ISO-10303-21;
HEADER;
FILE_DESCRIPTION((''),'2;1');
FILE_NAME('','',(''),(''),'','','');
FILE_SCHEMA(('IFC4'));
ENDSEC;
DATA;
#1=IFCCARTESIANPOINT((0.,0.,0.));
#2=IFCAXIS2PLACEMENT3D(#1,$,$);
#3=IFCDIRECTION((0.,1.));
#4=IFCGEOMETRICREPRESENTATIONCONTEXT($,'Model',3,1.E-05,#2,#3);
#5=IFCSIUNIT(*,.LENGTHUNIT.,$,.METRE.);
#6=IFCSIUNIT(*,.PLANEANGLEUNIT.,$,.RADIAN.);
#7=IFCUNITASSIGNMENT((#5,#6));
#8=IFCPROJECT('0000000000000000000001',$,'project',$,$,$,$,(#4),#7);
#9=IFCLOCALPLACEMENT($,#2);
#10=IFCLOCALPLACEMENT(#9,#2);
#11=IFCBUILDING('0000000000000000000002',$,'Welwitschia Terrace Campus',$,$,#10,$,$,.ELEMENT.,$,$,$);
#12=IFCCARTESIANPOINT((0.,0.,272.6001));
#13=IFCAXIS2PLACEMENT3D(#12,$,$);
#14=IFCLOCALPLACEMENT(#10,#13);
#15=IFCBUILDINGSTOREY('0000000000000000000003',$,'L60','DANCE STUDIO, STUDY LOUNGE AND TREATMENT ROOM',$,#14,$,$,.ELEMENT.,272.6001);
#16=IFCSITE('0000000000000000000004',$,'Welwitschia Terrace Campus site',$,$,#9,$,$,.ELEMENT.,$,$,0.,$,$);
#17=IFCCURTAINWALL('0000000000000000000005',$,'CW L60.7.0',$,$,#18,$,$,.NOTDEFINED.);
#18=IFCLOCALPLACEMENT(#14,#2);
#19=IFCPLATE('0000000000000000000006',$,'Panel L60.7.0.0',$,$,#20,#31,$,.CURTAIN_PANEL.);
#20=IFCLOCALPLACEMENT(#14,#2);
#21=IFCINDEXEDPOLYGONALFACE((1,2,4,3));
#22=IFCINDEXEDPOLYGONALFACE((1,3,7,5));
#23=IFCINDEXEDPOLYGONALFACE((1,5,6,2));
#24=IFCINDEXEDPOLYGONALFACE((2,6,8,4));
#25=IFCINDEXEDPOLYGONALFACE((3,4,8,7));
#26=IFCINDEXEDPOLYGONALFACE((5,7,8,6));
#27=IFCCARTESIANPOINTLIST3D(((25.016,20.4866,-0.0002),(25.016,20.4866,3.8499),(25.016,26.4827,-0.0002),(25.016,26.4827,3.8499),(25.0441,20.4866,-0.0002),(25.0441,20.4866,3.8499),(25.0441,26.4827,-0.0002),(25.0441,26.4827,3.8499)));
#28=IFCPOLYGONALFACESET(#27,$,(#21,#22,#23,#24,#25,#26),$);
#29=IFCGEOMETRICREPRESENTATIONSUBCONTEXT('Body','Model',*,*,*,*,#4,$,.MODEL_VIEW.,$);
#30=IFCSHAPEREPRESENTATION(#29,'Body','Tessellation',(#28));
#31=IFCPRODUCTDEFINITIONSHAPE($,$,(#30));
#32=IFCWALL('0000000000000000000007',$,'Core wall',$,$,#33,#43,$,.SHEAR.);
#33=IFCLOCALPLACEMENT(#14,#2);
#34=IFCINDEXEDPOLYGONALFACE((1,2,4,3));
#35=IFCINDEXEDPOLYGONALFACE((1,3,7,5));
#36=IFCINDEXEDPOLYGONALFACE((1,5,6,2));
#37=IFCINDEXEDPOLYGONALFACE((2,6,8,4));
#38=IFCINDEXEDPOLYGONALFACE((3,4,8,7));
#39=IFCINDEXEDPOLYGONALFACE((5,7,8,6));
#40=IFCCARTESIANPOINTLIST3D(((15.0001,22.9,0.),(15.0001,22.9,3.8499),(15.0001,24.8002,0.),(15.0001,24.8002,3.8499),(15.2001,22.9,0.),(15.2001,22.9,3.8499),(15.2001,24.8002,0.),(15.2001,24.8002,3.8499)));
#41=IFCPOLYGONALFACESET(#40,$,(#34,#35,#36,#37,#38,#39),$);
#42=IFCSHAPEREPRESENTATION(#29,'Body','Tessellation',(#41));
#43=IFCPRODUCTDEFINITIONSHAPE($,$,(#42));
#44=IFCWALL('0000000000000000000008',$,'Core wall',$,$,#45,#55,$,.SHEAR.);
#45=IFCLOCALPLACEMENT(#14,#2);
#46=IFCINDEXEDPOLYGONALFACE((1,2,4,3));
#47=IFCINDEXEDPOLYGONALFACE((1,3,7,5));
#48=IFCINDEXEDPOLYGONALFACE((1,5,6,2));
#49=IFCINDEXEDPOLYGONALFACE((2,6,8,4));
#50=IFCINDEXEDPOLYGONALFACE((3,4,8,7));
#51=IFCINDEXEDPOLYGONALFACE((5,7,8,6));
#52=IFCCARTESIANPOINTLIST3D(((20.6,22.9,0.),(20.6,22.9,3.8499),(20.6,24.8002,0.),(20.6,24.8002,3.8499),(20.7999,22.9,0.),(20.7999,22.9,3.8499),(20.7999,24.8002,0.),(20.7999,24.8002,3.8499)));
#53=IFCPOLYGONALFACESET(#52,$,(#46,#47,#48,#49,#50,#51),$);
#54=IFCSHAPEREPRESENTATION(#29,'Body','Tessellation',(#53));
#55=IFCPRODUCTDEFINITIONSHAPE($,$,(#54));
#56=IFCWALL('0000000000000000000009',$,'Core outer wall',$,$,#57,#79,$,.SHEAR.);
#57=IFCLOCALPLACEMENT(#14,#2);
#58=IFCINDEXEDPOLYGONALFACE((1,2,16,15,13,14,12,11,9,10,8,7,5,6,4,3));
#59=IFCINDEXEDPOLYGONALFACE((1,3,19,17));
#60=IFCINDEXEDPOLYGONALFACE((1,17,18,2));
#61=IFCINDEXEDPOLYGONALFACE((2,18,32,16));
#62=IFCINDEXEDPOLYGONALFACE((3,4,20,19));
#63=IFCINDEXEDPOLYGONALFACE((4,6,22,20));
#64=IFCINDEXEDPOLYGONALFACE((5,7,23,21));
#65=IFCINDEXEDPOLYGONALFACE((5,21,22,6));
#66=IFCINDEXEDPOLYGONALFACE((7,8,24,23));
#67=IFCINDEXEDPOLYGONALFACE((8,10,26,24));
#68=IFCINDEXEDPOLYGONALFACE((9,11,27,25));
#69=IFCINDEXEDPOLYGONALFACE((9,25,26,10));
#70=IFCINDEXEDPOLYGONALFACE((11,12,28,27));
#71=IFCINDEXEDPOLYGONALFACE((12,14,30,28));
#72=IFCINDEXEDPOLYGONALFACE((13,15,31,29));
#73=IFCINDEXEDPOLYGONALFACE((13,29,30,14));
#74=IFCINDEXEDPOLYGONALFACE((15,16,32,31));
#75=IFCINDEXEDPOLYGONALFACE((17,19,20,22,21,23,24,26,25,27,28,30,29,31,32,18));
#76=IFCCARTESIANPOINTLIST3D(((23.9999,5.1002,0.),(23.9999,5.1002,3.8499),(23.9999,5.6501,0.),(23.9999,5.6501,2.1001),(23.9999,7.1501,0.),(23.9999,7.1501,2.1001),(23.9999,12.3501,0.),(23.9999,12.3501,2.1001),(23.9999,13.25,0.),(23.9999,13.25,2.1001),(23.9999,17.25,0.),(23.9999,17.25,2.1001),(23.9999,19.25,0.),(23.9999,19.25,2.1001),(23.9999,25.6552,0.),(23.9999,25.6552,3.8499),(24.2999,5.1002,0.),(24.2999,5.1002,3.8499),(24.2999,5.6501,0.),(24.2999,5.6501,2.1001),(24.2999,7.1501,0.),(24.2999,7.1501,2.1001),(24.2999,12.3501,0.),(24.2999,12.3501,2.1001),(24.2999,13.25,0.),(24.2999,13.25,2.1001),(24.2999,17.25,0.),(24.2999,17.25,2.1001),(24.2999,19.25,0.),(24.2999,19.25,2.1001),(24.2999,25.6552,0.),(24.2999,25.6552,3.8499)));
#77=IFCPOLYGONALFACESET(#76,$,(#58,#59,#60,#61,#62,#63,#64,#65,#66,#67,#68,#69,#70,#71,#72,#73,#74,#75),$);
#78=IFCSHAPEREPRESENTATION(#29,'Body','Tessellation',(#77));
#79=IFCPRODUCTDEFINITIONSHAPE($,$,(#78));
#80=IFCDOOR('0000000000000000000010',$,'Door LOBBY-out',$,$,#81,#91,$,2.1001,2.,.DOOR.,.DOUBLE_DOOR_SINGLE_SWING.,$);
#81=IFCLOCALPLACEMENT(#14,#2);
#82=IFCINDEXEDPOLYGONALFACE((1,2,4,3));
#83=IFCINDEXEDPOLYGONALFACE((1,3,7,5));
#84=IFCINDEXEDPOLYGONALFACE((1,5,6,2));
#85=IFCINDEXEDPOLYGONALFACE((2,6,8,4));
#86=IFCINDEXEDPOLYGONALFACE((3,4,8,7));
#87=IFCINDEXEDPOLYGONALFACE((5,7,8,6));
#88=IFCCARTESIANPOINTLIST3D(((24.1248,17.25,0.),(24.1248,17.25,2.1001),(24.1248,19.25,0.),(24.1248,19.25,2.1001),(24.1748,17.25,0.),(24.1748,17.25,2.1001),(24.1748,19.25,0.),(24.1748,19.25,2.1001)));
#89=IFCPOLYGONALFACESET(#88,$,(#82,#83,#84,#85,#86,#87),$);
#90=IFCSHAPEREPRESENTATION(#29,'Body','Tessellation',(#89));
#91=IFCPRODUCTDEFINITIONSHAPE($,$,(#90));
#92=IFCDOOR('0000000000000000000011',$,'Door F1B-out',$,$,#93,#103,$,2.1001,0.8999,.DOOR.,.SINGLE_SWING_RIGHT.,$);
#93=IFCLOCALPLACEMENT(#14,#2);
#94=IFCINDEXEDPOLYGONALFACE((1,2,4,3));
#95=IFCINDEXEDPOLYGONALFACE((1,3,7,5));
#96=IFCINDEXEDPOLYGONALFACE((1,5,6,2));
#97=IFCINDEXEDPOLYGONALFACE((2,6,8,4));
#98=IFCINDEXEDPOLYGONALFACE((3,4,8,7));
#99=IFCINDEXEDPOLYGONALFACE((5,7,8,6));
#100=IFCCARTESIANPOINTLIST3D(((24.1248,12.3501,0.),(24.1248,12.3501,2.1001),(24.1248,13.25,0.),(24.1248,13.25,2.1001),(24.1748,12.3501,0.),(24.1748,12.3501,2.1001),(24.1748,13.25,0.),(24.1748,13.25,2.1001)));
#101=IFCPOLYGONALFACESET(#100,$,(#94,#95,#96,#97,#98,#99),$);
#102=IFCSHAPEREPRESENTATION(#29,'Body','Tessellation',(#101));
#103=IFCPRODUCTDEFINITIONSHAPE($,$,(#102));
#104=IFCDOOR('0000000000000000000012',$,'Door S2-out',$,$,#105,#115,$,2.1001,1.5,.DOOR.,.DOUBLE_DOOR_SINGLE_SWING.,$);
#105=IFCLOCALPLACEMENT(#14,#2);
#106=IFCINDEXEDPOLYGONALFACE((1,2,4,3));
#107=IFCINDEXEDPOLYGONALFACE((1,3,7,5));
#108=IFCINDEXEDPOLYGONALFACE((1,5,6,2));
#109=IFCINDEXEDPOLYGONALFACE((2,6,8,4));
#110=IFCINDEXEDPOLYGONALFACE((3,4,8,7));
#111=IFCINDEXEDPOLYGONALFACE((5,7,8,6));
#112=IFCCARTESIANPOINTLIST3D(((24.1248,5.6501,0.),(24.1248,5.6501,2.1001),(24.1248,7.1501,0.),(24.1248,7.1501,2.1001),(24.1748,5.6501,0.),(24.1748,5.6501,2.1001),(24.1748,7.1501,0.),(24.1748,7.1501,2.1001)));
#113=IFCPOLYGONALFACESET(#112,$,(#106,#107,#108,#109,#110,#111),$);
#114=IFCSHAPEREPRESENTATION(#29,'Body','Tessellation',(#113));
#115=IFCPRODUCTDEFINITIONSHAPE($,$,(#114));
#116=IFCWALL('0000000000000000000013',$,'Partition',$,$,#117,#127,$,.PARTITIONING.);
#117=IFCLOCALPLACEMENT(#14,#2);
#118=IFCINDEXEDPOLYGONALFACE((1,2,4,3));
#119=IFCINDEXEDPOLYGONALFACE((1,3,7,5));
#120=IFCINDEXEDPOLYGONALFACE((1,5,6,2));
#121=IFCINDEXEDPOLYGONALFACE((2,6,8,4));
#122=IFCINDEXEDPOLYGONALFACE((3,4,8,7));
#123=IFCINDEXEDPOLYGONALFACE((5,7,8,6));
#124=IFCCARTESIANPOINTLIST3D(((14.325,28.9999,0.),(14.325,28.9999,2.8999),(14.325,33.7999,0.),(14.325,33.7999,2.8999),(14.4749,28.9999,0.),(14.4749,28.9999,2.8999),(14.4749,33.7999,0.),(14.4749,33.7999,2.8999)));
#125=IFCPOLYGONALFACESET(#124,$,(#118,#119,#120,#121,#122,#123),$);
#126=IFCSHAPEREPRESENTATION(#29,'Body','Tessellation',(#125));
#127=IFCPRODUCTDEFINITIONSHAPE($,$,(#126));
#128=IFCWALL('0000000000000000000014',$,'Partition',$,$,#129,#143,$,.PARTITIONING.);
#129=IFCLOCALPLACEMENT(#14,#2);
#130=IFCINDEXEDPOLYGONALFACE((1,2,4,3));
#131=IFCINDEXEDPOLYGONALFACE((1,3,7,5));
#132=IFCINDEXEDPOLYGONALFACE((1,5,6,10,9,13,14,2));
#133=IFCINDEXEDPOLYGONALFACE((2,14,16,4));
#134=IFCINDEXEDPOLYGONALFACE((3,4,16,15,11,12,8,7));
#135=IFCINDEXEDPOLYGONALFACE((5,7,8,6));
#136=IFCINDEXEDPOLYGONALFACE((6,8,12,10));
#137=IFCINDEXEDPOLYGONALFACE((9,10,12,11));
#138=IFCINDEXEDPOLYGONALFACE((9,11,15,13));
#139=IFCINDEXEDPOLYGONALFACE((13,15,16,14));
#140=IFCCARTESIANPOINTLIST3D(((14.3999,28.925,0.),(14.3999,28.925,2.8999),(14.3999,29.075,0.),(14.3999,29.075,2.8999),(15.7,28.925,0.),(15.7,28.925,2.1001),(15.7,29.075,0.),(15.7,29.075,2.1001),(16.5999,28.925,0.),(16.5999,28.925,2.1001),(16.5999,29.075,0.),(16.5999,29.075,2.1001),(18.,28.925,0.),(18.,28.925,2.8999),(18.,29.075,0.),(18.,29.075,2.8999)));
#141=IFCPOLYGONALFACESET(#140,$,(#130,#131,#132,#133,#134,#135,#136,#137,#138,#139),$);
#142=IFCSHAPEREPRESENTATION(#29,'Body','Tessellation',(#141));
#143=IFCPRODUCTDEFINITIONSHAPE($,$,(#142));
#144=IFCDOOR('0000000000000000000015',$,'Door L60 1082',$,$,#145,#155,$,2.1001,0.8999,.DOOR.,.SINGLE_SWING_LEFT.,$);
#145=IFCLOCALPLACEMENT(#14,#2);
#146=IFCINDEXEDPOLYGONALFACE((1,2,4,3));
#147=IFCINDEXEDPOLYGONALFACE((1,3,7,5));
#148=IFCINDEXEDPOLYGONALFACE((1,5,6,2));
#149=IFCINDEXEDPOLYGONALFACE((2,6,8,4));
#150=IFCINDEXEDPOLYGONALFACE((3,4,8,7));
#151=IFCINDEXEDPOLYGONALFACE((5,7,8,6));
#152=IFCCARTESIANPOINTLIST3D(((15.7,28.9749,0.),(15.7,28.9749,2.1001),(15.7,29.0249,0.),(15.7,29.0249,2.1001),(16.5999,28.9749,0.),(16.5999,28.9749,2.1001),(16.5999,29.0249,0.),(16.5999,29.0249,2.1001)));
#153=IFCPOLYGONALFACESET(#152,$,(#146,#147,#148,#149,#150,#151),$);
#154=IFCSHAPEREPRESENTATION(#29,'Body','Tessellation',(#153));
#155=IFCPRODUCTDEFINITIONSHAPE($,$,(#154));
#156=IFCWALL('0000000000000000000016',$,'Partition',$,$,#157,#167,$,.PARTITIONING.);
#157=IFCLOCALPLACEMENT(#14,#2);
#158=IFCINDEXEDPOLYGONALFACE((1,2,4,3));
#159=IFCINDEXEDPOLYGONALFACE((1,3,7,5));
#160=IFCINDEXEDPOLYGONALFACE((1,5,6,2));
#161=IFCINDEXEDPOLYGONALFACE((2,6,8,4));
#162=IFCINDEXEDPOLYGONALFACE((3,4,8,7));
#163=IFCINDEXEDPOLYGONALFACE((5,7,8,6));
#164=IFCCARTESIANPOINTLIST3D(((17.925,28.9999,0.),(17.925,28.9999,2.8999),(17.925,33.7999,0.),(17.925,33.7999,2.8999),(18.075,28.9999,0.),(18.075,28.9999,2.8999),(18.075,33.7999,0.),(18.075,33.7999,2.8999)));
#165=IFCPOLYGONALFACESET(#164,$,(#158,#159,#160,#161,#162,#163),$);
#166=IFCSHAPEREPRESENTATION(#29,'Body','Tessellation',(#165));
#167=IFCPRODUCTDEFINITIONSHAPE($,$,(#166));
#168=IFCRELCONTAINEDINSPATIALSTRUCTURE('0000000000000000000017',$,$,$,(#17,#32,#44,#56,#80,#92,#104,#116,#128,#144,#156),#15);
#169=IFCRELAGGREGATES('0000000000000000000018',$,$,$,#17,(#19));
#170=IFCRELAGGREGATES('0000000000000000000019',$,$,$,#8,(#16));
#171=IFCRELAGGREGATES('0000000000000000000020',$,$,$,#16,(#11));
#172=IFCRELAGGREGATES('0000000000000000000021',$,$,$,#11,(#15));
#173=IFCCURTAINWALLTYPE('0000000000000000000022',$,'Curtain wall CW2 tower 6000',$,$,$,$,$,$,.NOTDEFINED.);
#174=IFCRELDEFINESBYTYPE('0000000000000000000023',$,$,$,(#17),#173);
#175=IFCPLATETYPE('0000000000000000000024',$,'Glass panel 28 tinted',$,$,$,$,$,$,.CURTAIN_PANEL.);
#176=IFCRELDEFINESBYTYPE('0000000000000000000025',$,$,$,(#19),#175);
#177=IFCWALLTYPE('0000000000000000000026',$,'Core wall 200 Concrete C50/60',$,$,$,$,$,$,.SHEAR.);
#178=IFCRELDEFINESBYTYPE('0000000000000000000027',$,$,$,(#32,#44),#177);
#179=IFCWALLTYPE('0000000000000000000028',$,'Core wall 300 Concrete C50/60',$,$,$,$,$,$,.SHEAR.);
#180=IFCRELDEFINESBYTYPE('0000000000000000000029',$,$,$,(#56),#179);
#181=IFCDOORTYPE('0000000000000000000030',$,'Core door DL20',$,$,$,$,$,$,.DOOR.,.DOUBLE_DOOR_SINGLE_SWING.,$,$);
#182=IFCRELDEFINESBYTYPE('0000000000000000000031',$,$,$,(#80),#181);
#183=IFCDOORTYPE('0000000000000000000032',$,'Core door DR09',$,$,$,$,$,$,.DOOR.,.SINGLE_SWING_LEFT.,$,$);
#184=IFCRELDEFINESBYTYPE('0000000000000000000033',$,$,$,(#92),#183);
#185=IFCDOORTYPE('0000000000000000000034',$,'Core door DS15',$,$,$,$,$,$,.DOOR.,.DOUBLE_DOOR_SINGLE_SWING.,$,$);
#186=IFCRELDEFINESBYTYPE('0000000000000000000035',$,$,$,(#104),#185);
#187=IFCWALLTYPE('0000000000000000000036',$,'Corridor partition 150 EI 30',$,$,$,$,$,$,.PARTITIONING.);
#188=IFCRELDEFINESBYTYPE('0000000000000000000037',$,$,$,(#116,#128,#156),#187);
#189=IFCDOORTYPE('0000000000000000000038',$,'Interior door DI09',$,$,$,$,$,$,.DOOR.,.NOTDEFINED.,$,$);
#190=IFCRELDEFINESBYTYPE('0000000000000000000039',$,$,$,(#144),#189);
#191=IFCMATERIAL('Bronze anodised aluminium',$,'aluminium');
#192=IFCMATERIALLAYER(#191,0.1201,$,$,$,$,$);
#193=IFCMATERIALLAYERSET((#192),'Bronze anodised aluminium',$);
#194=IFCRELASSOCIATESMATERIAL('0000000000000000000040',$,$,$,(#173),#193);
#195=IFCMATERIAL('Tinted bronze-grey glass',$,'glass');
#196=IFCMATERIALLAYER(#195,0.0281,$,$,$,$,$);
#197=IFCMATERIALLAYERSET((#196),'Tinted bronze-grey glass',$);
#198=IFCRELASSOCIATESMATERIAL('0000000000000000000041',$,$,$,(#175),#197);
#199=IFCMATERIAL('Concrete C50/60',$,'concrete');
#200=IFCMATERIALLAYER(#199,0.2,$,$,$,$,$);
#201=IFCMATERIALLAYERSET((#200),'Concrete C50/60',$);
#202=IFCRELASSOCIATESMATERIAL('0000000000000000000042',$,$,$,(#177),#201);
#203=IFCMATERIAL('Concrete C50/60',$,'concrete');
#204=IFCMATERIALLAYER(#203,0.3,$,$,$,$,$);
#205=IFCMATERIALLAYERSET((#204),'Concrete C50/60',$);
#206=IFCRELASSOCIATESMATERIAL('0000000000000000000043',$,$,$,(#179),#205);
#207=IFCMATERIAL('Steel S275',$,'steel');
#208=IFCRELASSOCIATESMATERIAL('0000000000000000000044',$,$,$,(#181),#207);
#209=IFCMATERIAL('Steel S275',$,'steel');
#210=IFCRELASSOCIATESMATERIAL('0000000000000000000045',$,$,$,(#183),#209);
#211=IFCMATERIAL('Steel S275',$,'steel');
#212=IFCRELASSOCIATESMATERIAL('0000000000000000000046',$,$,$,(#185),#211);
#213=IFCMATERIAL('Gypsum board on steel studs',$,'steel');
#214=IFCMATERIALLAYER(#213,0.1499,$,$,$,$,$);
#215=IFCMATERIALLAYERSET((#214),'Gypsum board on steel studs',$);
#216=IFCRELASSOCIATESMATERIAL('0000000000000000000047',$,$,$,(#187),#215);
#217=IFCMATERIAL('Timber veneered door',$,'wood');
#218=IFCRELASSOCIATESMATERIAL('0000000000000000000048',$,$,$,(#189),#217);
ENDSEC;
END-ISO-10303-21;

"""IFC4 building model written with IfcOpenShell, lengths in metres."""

from ifc_helpers import new_model, si_unit, direction, frame, frame_2d, origin, origin_2d, place, context, subcontext, project, spatial, rectangle, extrude, material, layer, layer_set, type_object, element, fill, aggregate, save


model = new_model("IFC4")

# Units and contexts
model_context = context("Model", 3, precision=1e-05, world=origin(), true_north=direction((0.0, 1.0)))
body_context = subcontext(model_context, "Body", "Model", "MODEL_VIEW")
ifc_project = project(units=[si_unit("LENGTHUNIT", "METRE"), si_unit("PLANEANGLEUNIT", "RADIAN")], contexts=[model_context])

# Site, building, storey
site_placement = place(None, origin())
site = spatial("IfcSite", under=ifc_project, at=site_placement, Name="Welwitschia Terrace Campus site", CompositionType="ELEMENT", RefElevation=0.0)
building_placement = place(site_placement, origin())
building = spatial("IfcBuilding", under=site, at=building_placement, Name="Welwitschia Terrace Campus", CompositionType="ELEMENT")
storey_placement = place(building_placement, frame((0.0, 0.0, 272.6001)))
storey = spatial("IfcBuildingStorey", under=building, at=storey_placement, Name="L60", Description="DANCE STUDIO, STUDY LOUNGE AND TREATMENT ROOM", CompositionType="ELEMENT", Elevation=272.6001)

# Curtain wall
ifc_material_1 = material(Name="Bronze anodised aluminium", Category="aluminium")
ifc_layer_1 = layer(ifc_material_1, 0.1201)
ifc_layer_set_1 = layer_set([ifc_layer_1], Name="Bronze anodised aluminium")
curtain_wall_type = type_object("IfcCurtainWallType", Name="Curtain wall CW2 tower 6000", PredefinedType="NOTDEFINED", material=ifc_layer_set_1)
curtain_wall_placement = place(storey_placement, origin())
curtain_wall = element("IfcCurtainWall", 1, at=curtain_wall_placement, inside=storey, type_object=curtain_wall_type, Name="CW L60.7.0", PredefinedType="NOTDEFINED")

# Plate
ifc_material_2 = material(Name="Tinted bronze-grey glass", Category="glass")
ifc_layer_2 = layer(ifc_material_2, 0.0281)
ifc_layer_set_2 = layer_set([ifc_layer_2], Name="Tinted bronze-grey glass")
plate_type = type_object("IfcPlateType", Name="Glass panel 28 tinted", PredefinedType="CURTAIN_PANEL", material=ifc_layer_set_2)
plate_placement = place(storey_placement, frame((25.03, 23.4846, -0.0002), z_axis=(0.0, 0.0, 1.0), x_axis=(0.0, 1.0, 0.0)))
plate = element("IfcPlate", 2, at=plate_placement, type_object=plate_type, Name="Panel L60.7.0.0", PredefinedType="CURTAIN_PANEL", context=body_context, shape_type="SweptSolid", body=[
    extrude(rectangle(XDim=5.9961, YDim=0.0281, at=origin_2d()), origin(), (0.0, 0.0, 1.0), 3.8501),
])
aggregate(curtain_wall, [plate])

# Walls
ifc_material_3 = material(Name="Concrete C50/60", Category="concrete")
ifc_layer_3 = layer(ifc_material_3, 0.2)
ifc_layer_set_3 = layer_set([ifc_layer_3], Name="Concrete C50/60")
wall_type_1 = type_object("IfcWallType", Name="Core wall 200 Concrete C50/60", PredefinedType="SHEAR", material=ifc_layer_set_3)
for number, where, z_axis, x_axis, name in (
    (3, (15.1001, 22.8999, 0.0), (0.0, 0.0, 1.0), (0.0, 1.0, 0.0), "Core wall"),
    (4, (20.7, 22.8999, 0.0), (0.0, 0.0, 1.0), (0.0, 1.0, 0.0), "Core wall"),
):
    element("IfcWall", number, at=place(storey_placement, frame(where, z_axis=z_axis, x_axis=x_axis)), inside=storey, type_object=wall_type_1, Name=name, PredefinedType="SHEAR", context=body_context, shape_type="SweptSolid", body=[
        extrude(rectangle(XDim=1.9001, YDim=0.2, at=frame_2d((0.9502, 0.0))), origin(), (0.0, 0.0, 1.0), 3.8499),
    ])

# Wall, openings, doors
ifc_material_4 = material(Name="Concrete C50/60", Category="concrete")
ifc_layer_4 = layer(ifc_material_4, 0.3)
ifc_layer_set_4 = layer_set([ifc_layer_4], Name="Concrete C50/60")
wall_type_2 = type_object("IfcWallType", Name="Core wall 300 Concrete C50/60", PredefinedType="SHEAR", material=ifc_layer_set_4)
wall_1_placement = place(storey_placement, frame((24.1499, 25.655, 0.0), z_axis=(0.0, 0.0, 1.0), x_axis=(0.0, -1.0, 0.0)))
wall_1 = element("IfcWall", 5, at=wall_1_placement, inside=storey, type_object=wall_type_2, Name="Core outer wall", PredefinedType="SHEAR", context=body_context, shape_type="SweptSolid", body=[
    extrude(rectangle(XDim=20.5549, YDim=0.3, at=frame_2d((10.2773, 0.0))), origin(), (0.0, 0.0, 1.0), 3.8499),
])
opening_1_placement = place(wall_1_placement, frame((18.5049, 0.0, 0.0)))
opening_1 = element("IfcOpeningElement", 6, at=opening_1_placement, cuts=wall_1, PredefinedType="OPENING", context=body_context, shape_type="SweptSolid", body=[
    extrude(rectangle(XDim=1.5, YDim=2.1001, at=frame_2d((0.75, 1.05))), frame((0.0, 0.1599, 0.0), z_axis=(0.0, -1.0, 0.0), x_axis=(1.0, 0.0, 0.0)), (0.0, 0.0, 1.0), 0.3201),
])
opening_2_placement = place(wall_1_placement, frame((12.405, 0.0, 0.0)))
opening_2 = element("IfcOpeningElement", 7, at=opening_2_placement, cuts=wall_1, PredefinedType="OPENING", context=body_context, shape_type="SweptSolid", body=[
    extrude(rectangle(XDim=0.8999, YDim=2.1001, at=frame_2d((0.45, 1.05))), frame((0.0, 0.1599, 0.0), z_axis=(0.0, -1.0, 0.0), x_axis=(1.0, 0.0, 0.0)), (0.0, 0.0, 1.0), 0.3201),
])
opening_3_placement = place(wall_1_placement, frame((6.405, 0.0, 0.0)))
opening_3 = element("IfcOpeningElement", 8, at=opening_3_placement, cuts=wall_1, PredefinedType="OPENING", context=body_context, shape_type="SweptSolid", body=[
    extrude(rectangle(XDim=2.0, YDim=2.1001, at=frame_2d((1.0, 1.05))), frame((0.0, 0.1599, 0.0), z_axis=(0.0, -1.0, 0.0), x_axis=(1.0, 0.0, 0.0)), (0.0, 0.0, 1.0), 0.3201),
])
ifc_material_5 = material(Name="Steel S275", Category="steel")
door_type_1 = type_object("IfcDoorType", Name="Core door DL20", OperationType="DOUBLE_DOOR_SINGLE_SWING", PredefinedType="DOOR", material=ifc_material_5)
door_1_placement = place(opening_3_placement, origin())
door_1 = element("IfcDoor", 9, at=door_1_placement, inside=storey, type_object=door_type_1, Name="Door LOBBY-out", OperationType="DOUBLE_DOOR_SINGLE_SWING", OverallHeight=2.1001, OverallWidth=2.0, PredefinedType="DOOR", context=body_context, shape_type="SweptSolid", body=[
    extrude(rectangle(XDim=2.0, YDim=2.1001, at=frame_2d((1.0, 1.05))), frame((0.0, 0.0249, 0.0), z_axis=(0.0, -1.0, 0.0), x_axis=(1.0, 0.0, 0.0)), (0.0, 0.0, 1.0), 0.05),
])
fill(opening_3, door_1)
ifc_material_6 = material(Name="Steel S275", Category="steel")
door_type_2 = type_object("IfcDoorType", Name="Core door DR09", OperationType="SINGLE_SWING_LEFT", PredefinedType="DOOR", material=ifc_material_6)
door_2_placement = place(opening_2_placement, origin())
door_2 = element("IfcDoor", 10, at=door_2_placement, inside=storey, type_object=door_type_2, Name="Door F1B-out", OperationType="SINGLE_SWING_RIGHT", OverallHeight=2.1001, OverallWidth=0.8999, PredefinedType="DOOR", context=body_context, shape_type="SweptSolid", body=[
    extrude(rectangle(XDim=0.8999, YDim=2.1001, at=frame_2d((0.45, 1.05))), frame((0.0, 0.0249, 0.0), z_axis=(0.0, -1.0, 0.0), x_axis=(1.0, 0.0, 0.0)), (0.0, 0.0, 1.0), 0.05),
])
fill(opening_2, door_2)
ifc_material_7 = material(Name="Steel S275", Category="steel")
door_type_3 = type_object("IfcDoorType", Name="Core door DS15", OperationType="DOUBLE_DOOR_SINGLE_SWING", PredefinedType="DOOR", material=ifc_material_7)
door_3_placement = place(opening_1_placement, origin())
door_3 = element("IfcDoor", 11, at=door_3_placement, inside=storey, type_object=door_type_3, Name="Door S2-out", OperationType="DOUBLE_DOOR_SINGLE_SWING", OverallHeight=2.1001, OverallWidth=1.5, PredefinedType="DOOR", context=body_context, shape_type="SweptSolid", body=[
    extrude(rectangle(XDim=1.5, YDim=2.1001, at=frame_2d((0.75, 1.05))), frame((0.0, 0.0249, 0.0), z_axis=(0.0, -1.0, 0.0), x_axis=(1.0, 0.0, 0.0)), (0.0, 0.0, 1.0), 0.05),
])
fill(opening_1, door_3)

# Wall
ifc_material_8 = material(Name="Gypsum board on steel studs", Category="steel")
ifc_layer_5 = layer(ifc_material_8, 0.1499)
ifc_layer_set_5 = layer_set([ifc_layer_5], Name="Gypsum board on steel studs")
wall_type_3 = type_object("IfcWallType", Name="Corridor partition 150 EI 30", PredefinedType="PARTITIONING", material=ifc_layer_set_5)
wall_2_placement = place(storey_placement, frame((14.3999, 29.0, 0.0), z_axis=(0.0, 0.0, 1.0), x_axis=(0.0, 1.0, 0.0)))
element("IfcWall", 12, at=wall_2_placement, inside=storey, type_object=wall_type_3, Name="Partition", PredefinedType="PARTITIONING", context=body_context, shape_type="SweptSolid", body=[
    extrude(rectangle(XDim=4.8, YDim=0.1499, at=frame_2d((2.3999, 0.0))), origin(), (0.0, 0.0, 1.0), 2.8999),
])

# Wall, opening, door
wall_3_placement = place(storey_placement, frame((14.3999, 29.0, 0.0), z_axis=(0.0, 0.0, 1.0), x_axis=(1.0, 0.0, 0.0)))
wall_3 = element("IfcWall", 13, at=wall_3_placement, inside=storey, type_object=wall_type_3, Name="Partition", PredefinedType="PARTITIONING", context=body_context, shape_type="SweptSolid", body=[
    extrude(rectangle(XDim=3.6001, YDim=0.1499, at=frame_2d((1.8, 0.0))), origin(), (0.0, 0.0, 1.0), 2.8999),
])
opening_4_placement = place(wall_3_placement, frame((1.3, 0.0, 0.0)))
opening_4 = element("IfcOpeningElement", 14, at=opening_4_placement, cuts=wall_3, PredefinedType="OPENING", context=body_context, shape_type="SweptSolid", body=[
    extrude(rectangle(XDim=0.8999, YDim=2.1001, at=frame_2d((0.45, 1.05))), frame((0.0, 0.085, 0.0), z_axis=(0.0, -1.0, 0.0), x_axis=(1.0, 0.0, 0.0)), (0.0, 0.0, 1.0), 0.1699),
])
ifc_material_9 = material(Name="Timber veneered door", Category="wood")
door_type_4 = type_object("IfcDoorType", Name="Interior door DI09", OperationType="NOTDEFINED", PredefinedType="DOOR", material=ifc_material_9)
door_4_placement = place(opening_4_placement, origin())
door_4 = element("IfcDoor", 15, at=door_4_placement, inside=storey, type_object=door_type_4, Name="Door L60 1082", OperationType="SINGLE_SWING_LEFT", OverallHeight=2.1001, OverallWidth=0.8999, PredefinedType="DOOR", context=body_context, shape_type="SweptSolid", body=[
    extrude(rectangle(XDim=0.8999, YDim=2.1001, at=frame_2d((0.45, 1.05))), frame((0.0, 0.0249, 0.0), z_axis=(0.0, -1.0, 0.0), x_axis=(1.0, 0.0, 0.0)), (0.0, 0.0, 1.0), 0.05),
])
fill(opening_4, door_4)

# Wall
wall_4_placement = place(storey_placement, frame((18.0, 29.0, 0.0), z_axis=(0.0, 0.0, 1.0), x_axis=(0.0, 1.0, 0.0)))
element("IfcWall", 16, at=wall_4_placement, inside=storey, type_object=wall_type_3, Name="Partition", PredefinedType="PARTITIONING", context=body_context, shape_type="SweptSolid", body=[
    extrude(rectangle(XDim=4.8, YDim=0.1499, at=frame_2d((2.3999, 0.0))), origin(), (0.0, 0.0, 1.0), 2.8999),
])

save(model, "model.ifc")
